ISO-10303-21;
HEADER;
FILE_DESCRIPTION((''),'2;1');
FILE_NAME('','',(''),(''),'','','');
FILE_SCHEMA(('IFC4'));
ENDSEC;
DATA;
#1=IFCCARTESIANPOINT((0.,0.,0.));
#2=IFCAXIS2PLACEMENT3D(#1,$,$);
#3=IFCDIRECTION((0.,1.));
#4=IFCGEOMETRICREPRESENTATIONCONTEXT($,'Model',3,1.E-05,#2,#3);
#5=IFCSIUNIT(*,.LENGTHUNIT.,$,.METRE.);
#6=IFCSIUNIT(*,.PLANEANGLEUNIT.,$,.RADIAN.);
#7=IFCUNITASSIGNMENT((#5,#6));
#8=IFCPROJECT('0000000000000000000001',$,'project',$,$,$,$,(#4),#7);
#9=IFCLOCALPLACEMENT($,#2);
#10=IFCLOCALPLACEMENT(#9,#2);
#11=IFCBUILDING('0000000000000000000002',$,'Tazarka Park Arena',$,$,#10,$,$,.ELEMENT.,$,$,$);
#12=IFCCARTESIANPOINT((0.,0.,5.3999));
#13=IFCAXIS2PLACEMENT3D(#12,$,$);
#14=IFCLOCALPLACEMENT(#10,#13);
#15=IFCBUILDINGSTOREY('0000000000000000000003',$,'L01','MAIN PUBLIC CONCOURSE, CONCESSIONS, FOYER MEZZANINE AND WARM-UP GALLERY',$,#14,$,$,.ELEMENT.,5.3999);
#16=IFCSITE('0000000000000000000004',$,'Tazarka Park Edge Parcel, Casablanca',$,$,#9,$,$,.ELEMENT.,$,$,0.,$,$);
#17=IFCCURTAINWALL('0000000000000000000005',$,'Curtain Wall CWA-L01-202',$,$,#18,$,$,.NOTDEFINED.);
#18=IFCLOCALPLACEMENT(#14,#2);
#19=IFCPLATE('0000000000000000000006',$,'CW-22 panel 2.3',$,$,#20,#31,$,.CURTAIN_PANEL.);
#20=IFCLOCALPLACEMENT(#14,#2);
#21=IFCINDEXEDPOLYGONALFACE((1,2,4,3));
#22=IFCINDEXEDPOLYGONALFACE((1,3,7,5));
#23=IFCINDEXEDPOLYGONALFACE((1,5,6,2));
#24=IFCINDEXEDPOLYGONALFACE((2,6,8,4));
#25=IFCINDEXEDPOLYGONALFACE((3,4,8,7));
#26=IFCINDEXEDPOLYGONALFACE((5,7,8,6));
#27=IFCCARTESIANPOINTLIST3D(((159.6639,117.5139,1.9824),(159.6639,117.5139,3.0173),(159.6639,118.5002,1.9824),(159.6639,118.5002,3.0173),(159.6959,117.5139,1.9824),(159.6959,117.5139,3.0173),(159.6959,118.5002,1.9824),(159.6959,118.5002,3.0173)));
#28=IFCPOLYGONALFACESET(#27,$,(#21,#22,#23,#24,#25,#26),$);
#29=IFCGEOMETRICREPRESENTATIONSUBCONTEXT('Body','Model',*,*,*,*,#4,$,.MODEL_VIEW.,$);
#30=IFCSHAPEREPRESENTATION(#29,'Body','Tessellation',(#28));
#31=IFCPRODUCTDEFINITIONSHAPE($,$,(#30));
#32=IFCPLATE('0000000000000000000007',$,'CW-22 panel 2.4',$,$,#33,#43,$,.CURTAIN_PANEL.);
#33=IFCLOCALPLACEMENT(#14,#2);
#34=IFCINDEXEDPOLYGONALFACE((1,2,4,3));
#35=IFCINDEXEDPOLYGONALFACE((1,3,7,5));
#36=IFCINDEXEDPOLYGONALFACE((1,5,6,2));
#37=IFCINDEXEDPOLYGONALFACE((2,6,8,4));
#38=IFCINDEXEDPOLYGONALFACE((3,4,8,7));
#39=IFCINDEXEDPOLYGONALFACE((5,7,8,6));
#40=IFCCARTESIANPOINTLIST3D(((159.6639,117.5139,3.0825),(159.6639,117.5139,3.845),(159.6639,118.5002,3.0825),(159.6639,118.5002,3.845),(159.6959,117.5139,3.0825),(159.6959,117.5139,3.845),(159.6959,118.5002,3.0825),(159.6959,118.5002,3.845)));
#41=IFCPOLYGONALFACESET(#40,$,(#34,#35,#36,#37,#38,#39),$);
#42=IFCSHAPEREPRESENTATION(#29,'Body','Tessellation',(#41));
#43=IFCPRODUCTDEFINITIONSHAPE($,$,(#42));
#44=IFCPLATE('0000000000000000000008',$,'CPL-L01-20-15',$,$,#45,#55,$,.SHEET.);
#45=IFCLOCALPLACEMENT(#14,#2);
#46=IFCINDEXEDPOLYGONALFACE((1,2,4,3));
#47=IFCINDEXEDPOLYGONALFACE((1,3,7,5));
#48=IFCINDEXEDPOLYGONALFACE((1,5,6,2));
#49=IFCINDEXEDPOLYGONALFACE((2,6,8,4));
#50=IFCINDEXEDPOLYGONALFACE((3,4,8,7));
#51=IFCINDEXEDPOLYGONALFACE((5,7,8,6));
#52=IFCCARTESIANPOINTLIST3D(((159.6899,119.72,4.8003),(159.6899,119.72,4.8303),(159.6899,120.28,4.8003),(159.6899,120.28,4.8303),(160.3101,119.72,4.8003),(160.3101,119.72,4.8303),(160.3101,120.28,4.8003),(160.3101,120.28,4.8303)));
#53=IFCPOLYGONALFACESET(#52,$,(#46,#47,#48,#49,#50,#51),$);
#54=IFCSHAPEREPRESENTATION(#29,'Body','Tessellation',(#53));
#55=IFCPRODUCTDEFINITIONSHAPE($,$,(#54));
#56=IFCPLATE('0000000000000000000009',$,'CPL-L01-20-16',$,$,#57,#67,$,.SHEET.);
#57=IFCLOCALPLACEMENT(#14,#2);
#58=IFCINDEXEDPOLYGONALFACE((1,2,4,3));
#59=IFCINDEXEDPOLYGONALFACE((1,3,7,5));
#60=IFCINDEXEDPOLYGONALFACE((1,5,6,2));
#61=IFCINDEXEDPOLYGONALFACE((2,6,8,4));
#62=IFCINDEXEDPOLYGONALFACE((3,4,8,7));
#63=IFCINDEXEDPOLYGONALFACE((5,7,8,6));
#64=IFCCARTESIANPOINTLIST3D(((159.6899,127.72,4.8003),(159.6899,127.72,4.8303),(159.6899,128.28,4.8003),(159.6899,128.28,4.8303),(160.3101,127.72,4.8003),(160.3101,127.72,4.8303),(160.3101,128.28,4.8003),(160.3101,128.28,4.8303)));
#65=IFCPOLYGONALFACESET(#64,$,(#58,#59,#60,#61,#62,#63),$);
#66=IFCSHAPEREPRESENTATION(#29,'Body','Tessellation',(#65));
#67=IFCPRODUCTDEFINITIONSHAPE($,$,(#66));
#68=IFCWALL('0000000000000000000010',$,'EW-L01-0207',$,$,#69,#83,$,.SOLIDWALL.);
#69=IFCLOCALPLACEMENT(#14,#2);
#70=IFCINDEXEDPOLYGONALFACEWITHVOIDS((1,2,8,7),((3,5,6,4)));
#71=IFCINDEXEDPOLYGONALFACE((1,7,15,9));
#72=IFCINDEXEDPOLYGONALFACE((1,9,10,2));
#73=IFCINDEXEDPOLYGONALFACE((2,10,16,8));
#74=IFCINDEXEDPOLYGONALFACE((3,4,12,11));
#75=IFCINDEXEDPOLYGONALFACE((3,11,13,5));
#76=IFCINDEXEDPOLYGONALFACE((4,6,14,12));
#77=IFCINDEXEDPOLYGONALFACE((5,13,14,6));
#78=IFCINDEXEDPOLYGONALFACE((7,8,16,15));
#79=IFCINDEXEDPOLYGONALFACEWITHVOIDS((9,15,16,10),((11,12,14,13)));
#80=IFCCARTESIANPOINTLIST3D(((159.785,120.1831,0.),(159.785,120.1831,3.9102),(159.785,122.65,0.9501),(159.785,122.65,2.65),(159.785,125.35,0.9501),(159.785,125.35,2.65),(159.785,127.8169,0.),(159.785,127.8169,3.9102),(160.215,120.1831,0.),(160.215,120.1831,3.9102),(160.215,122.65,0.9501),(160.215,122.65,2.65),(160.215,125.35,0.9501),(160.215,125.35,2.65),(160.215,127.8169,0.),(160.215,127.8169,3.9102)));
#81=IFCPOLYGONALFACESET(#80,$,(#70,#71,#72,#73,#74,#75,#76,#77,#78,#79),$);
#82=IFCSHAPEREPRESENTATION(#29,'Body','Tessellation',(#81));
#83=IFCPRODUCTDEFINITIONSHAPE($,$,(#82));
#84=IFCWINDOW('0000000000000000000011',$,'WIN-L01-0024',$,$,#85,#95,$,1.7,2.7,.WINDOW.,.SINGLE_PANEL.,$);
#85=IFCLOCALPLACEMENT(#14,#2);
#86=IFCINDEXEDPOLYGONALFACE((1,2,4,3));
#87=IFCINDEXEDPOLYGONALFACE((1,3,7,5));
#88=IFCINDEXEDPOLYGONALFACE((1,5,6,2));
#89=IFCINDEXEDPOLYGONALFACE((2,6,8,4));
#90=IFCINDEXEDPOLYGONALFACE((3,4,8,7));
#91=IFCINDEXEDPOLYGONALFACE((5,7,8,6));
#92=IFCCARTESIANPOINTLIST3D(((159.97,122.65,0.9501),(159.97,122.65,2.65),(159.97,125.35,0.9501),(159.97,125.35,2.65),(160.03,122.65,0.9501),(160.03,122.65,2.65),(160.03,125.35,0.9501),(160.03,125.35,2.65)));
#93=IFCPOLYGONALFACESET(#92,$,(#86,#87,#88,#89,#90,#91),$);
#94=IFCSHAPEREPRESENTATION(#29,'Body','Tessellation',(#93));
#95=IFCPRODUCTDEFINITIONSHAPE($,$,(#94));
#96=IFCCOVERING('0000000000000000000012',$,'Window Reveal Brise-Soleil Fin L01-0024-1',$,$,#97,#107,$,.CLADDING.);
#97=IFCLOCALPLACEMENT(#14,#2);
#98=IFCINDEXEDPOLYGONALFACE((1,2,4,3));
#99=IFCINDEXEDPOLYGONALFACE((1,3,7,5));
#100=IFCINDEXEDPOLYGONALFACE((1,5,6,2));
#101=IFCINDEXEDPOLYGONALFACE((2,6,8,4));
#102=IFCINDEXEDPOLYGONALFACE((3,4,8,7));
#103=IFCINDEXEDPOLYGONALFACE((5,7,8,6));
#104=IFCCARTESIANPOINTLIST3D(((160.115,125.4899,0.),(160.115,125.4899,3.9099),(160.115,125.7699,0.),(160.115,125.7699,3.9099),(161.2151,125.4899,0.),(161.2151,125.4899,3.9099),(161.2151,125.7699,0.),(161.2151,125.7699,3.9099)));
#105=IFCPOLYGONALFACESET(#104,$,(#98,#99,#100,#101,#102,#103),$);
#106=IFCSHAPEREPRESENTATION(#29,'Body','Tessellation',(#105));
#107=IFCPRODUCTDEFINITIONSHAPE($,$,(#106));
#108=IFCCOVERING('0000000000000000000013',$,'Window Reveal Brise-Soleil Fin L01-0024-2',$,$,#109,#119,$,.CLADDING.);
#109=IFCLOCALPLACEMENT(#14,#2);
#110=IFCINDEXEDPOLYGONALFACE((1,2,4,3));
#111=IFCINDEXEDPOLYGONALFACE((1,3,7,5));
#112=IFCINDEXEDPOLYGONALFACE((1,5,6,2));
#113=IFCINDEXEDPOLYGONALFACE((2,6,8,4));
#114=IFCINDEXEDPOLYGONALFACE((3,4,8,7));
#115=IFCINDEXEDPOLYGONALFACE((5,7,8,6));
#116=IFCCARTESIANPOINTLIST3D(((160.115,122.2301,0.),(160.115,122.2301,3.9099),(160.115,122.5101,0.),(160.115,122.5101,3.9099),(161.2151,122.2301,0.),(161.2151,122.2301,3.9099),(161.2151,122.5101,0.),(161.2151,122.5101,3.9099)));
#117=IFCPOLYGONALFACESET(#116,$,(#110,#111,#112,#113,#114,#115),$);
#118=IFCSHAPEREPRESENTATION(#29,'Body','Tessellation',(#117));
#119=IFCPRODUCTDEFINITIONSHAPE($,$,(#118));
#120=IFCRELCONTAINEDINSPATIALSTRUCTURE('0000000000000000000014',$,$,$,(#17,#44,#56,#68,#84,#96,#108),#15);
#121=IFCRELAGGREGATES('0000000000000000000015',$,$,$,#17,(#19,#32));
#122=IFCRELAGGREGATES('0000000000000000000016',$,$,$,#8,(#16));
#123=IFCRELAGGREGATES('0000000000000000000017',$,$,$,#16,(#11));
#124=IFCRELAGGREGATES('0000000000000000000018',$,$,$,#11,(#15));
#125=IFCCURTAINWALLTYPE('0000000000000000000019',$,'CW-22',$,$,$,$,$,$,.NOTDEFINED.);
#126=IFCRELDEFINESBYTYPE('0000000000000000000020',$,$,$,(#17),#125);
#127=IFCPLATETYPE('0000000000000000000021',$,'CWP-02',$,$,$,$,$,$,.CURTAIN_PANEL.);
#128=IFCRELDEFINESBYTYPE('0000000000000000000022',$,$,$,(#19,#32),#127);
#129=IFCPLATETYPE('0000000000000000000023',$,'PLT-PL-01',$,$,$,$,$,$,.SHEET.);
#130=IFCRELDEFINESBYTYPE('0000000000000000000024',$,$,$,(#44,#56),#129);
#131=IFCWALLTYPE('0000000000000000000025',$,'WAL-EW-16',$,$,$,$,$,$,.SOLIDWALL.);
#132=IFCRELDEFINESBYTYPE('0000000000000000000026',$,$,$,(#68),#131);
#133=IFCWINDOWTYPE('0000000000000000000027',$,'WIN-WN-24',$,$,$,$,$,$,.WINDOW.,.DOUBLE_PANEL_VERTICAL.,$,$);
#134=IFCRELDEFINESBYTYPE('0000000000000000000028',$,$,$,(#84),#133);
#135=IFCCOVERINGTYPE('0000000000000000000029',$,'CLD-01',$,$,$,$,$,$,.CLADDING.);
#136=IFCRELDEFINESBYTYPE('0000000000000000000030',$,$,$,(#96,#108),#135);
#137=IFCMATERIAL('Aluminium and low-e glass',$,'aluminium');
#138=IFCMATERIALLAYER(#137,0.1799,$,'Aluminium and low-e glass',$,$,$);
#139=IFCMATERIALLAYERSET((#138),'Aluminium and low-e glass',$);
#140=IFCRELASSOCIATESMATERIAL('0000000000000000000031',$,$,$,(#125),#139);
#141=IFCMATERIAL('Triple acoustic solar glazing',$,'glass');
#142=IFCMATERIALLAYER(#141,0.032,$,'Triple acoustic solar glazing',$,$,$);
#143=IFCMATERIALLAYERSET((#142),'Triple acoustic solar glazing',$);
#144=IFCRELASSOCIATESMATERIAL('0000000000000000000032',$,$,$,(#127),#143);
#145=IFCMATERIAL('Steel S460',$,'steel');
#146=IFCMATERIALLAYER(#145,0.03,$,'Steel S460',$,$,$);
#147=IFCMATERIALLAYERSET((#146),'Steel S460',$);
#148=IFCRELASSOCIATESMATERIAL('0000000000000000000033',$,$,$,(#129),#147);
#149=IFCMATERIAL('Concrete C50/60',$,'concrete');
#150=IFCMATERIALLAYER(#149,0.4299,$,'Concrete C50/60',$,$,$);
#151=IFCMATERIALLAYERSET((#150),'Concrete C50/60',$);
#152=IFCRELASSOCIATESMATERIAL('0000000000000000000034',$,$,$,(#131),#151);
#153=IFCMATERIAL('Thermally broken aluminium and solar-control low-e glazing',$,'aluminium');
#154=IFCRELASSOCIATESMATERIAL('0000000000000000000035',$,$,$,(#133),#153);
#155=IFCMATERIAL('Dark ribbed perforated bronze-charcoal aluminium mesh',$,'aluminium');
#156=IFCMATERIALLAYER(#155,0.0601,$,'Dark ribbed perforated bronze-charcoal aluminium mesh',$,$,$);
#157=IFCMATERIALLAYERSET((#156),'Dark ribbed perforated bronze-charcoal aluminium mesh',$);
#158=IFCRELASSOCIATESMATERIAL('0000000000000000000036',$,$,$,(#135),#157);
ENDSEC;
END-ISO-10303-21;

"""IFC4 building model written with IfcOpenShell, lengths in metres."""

from ifc_helpers import new_model, si_unit, direction, frame, frame_2d, origin, origin_2d, place, context, subcontext, project, spatial, rectangle, extrude, material, layer, layer_set, type_object, element, fill, aggregate, save


model = new_model("IFC4")

# Units and contexts
model_context = context("Model", 3, precision=1e-05, world=origin(), true_north=direction((0.0, 1.0)))
body_context = subcontext(model_context, "Body", "Model", "MODEL_VIEW")
ifc_project = project(units=[si_unit("LENGTHUNIT", "METRE"), si_unit("PLANEANGLEUNIT", "RADIAN")], contexts=[model_context])

# Site, building, storey
site_placement = place(None, origin())
site = spatial("IfcSite", under=ifc_project, at=site_placement, Name="Tazarka Park Edge Parcel, Casablanca", CompositionType="ELEMENT", RefElevation=0.0)
building_placement = place(site_placement, origin())
building = spatial("IfcBuilding", under=site, at=building_placement, Name="Tazarka Park Arena", CompositionType="ELEMENT")
storey_placement = place(building_placement, frame((0.0, 0.0, 5.3999)))
storey = spatial("IfcBuildingStorey", under=building, at=storey_placement, Name="L01", Description="MAIN PUBLIC CONCOURSE, CONCESSIONS, FOYER MEZZANINE AND WARM-UP GALLERY", CompositionType="ELEMENT", Elevation=5.3999)

# Curtain wall, plates
ifc_material_1 = material(Name="Aluminium and low-e glass", Category="aluminium")
ifc_layer_1 = layer(ifc_material_1, 0.1799, Name="Aluminium and low-e glass")
ifc_layer_set_1 = layer_set([ifc_layer_1], Name="Aluminium and low-e glass")
curtain_wall_type = type_object("IfcCurtainWallType", Name="CW-22", PredefinedType="NOTDEFINED", material=ifc_layer_set_1)
curtain_wall_placement = place(storey_placement, origin())
curtain_wall = element("IfcCurtainWall", 1, at=curtain_wall_placement, inside=storey, type_object=curtain_wall_type, Name="Curtain Wall CWA-L01-202", PredefinedType="NOTDEFINED")
ifc_material_2 = material(Name="Triple acoustic solar glazing", Category="glass")
ifc_layer_2 = layer(ifc_material_2, 0.032, Name="Triple acoustic solar glazing")
ifc_layer_set_2 = layer_set([ifc_layer_2], Name="Triple acoustic solar glazing")
plate_type_1 = type_object("IfcPlateType", Name="CWP-02", PredefinedType="CURTAIN_PANEL", material=ifc_layer_set_2)
plate_1_placement = place(storey_placement, frame((159.6799, 118.0071, 1.9824), z_axis=(0.0, 0.0, 1.0), x_axis=(0.0, -1.0, 0.0)))
plate_1 = element("IfcPlate", 2, at=plate_1_placement, type_object=plate_type_1, Name="CW-22 panel 2.3", PredefinedType="CURTAIN_PANEL", context=body_context, shape_type="SweptSolid", body=[
    extrude(rectangle(XDim=0.9863, YDim=0.032, at=origin_2d()), origin(), (0.0, 0.0, 1.0), 1.0349),
])
plate_2_placement = place(storey_placement, frame((159.6799, 118.0071, 3.0825), z_axis=(0.0, 0.0, 1.0), x_axis=(0.0, -1.0, 0.0)))
plate_2 = element("IfcPlate", 3, at=plate_2_placement, type_object=plate_type_1, Name="CW-22 panel 2.4", PredefinedType="CURTAIN_PANEL", context=body_context, shape_type="SweptSolid", body=[
    extrude(rectangle(XDim=0.9863, YDim=0.032, at=origin_2d()), origin(), (0.0, 0.0, 1.0), 0.7625),
])
aggregate(curtain_wall, [plate_1, plate_2])

# Plates
ifc_material_3 = material(Name="Steel S460", Category="steel")
ifc_layer_3 = layer(ifc_material_3, 0.03, Name="Steel S460")
ifc_layer_set_3 = layer_set([ifc_layer_3], Name="Steel S460")
plate_type_2 = type_object("IfcPlateType", Name="PLT-PL-01", PredefinedType="SHEET", material=ifc_layer_set_3)
for number, where, z_axis, x_axis, name in (
    (4, (160.0, 120.0, 4.8003), (0.0, 0.0, 1.0), (1.0, 0.0, 0.0), "CPL-L01-20-15"),
    (5, (160.0, 128.0, 4.8003), (0.0, 0.0, 1.0), (1.0, 0.0, 0.0), "CPL-L01-20-16"),
):
    element("IfcPlate", number, at=place(storey_placement, frame(where, z_axis=z_axis, x_axis=x_axis)), inside=storey, type_object=plate_type_2, Name=name, PredefinedType="SHEET", context=body_context, shape_type="SweptSolid", body=[
        extrude(rectangle(XDim=0.6201, YDim=0.5601, at=origin_2d()), origin(), (0.0, 0.0, 1.0), 0.03),
    ])

# Wall, opening, window
ifc_material_4 = material(Name="Concrete C50/60", Category="concrete")
ifc_layer_4 = layer(ifc_material_4, 0.4299, Name="Concrete C50/60")
ifc_layer_set_4 = layer_set([ifc_layer_4], Name="Concrete C50/60")
wall_type = type_object("IfcWallType", Name="WAL-EW-16", PredefinedType="SOLIDWALL", material=ifc_layer_set_4)
wall_placement = place(storey_placement, frame((160.0, 127.8169, 0.0), z_axis=(0.0, 0.0, 1.0), x_axis=(0.0, -1.0, 0.0)))
wall = element("IfcWall", 6, at=wall_placement, inside=storey, type_object=wall_type, Name="EW-L01-0207", PredefinedType="SOLIDWALL", context=body_context, shape_type="SweptSolid", body=[
    extrude(rectangle(XDim=7.6338, YDim=0.4299, at=frame_2d((3.8169, 0.0))), origin(), (0.0, 0.0, 1.0), 3.9102),
])
opening_placement = place(wall_placement, frame((2.4668, 0.0, 0.95)))
opening = element("IfcOpeningElement", 7, at=opening_placement, cuts=wall, PredefinedType="OPENING", context=body_context, shape_type="SweptSolid", body=[
    extrude(rectangle(XDim=2.7, YDim=1.7, at=frame_2d((1.3501, 0.8501))), frame((0.0, 0.2251, 0.0), z_axis=(0.0, -1.0, 0.0), x_axis=(1.0, 0.0, 0.0)), (0.0, 0.0, 1.0), 0.45),
])
ifc_material_5 = material(Name="Thermally broken aluminium and solar-control low-e glazing", Category="aluminium")
window_type = type_object("IfcWindowType", Name="WIN-WN-24", PartitioningType="DOUBLE_PANEL_VERTICAL", PredefinedType="WINDOW", material=ifc_material_5)
window_placement = place(opening_placement, origin())
window = element("IfcWindow", 8, at=window_placement, inside=storey, type_object=window_type, Name="WIN-L01-0024", OverallHeight=1.7, OverallWidth=2.7, PartitioningType="SINGLE_PANEL", PredefinedType="WINDOW", context=body_context, shape_type="SweptSolid", body=[
    extrude(rectangle(XDim=2.7, YDim=1.7, at=frame_2d((1.3501, 0.8501))), frame((0.0, 0.03, 0.0), z_axis=(0.0, -1.0, 0.0), x_axis=(1.0, 0.0, 0.0)), (0.0, 0.0, 1.0), 0.0601),
])
fill(opening, window)

# Coverings
ifc_material_6 = material(Name="Dark ribbed perforated bronze-charcoal aluminium mesh", Category="aluminium")
ifc_layer_5 = layer(ifc_material_6, 0.0601, Name="Dark ribbed perforated bronze-charcoal aluminium mesh")
ifc_layer_set_5 = layer_set([ifc_layer_5], Name="Dark ribbed perforated bronze-charcoal aluminium mesh")
covering_type = type_object("IfcCoveringType", Name="CLD-01", PredefinedType="CLADDING", material=ifc_layer_set_5)
for number, where, z_axis, x_axis, name in (
    (9, (160.665, 125.6299, 0.0), (0.0, 0.0, 1.0), (0.0, -1.0, 0.0), "Window Reveal Brise-Soleil Fin L01-0024-1"),
    (10, (160.665, 122.3701, 0.0), (0.0, 0.0, 1.0), (0.0, -1.0, 0.0), "Window Reveal Brise-Soleil Fin L01-0024-2"),
):
    element("IfcCovering", number, at=place(storey_placement, frame(where, z_axis=z_axis, x_axis=x_axis)), inside=storey, type_object=covering_type, Name=name, PredefinedType="CLADDING", context=body_context, shape_type="SweptSolid", body=[
        extrude(rectangle(XDim=0.28, YDim=1.1001, at=origin_2d()), origin(), (0.0, 0.0, 1.0), 3.9099),
    ])

save(model, "model.ifc")
